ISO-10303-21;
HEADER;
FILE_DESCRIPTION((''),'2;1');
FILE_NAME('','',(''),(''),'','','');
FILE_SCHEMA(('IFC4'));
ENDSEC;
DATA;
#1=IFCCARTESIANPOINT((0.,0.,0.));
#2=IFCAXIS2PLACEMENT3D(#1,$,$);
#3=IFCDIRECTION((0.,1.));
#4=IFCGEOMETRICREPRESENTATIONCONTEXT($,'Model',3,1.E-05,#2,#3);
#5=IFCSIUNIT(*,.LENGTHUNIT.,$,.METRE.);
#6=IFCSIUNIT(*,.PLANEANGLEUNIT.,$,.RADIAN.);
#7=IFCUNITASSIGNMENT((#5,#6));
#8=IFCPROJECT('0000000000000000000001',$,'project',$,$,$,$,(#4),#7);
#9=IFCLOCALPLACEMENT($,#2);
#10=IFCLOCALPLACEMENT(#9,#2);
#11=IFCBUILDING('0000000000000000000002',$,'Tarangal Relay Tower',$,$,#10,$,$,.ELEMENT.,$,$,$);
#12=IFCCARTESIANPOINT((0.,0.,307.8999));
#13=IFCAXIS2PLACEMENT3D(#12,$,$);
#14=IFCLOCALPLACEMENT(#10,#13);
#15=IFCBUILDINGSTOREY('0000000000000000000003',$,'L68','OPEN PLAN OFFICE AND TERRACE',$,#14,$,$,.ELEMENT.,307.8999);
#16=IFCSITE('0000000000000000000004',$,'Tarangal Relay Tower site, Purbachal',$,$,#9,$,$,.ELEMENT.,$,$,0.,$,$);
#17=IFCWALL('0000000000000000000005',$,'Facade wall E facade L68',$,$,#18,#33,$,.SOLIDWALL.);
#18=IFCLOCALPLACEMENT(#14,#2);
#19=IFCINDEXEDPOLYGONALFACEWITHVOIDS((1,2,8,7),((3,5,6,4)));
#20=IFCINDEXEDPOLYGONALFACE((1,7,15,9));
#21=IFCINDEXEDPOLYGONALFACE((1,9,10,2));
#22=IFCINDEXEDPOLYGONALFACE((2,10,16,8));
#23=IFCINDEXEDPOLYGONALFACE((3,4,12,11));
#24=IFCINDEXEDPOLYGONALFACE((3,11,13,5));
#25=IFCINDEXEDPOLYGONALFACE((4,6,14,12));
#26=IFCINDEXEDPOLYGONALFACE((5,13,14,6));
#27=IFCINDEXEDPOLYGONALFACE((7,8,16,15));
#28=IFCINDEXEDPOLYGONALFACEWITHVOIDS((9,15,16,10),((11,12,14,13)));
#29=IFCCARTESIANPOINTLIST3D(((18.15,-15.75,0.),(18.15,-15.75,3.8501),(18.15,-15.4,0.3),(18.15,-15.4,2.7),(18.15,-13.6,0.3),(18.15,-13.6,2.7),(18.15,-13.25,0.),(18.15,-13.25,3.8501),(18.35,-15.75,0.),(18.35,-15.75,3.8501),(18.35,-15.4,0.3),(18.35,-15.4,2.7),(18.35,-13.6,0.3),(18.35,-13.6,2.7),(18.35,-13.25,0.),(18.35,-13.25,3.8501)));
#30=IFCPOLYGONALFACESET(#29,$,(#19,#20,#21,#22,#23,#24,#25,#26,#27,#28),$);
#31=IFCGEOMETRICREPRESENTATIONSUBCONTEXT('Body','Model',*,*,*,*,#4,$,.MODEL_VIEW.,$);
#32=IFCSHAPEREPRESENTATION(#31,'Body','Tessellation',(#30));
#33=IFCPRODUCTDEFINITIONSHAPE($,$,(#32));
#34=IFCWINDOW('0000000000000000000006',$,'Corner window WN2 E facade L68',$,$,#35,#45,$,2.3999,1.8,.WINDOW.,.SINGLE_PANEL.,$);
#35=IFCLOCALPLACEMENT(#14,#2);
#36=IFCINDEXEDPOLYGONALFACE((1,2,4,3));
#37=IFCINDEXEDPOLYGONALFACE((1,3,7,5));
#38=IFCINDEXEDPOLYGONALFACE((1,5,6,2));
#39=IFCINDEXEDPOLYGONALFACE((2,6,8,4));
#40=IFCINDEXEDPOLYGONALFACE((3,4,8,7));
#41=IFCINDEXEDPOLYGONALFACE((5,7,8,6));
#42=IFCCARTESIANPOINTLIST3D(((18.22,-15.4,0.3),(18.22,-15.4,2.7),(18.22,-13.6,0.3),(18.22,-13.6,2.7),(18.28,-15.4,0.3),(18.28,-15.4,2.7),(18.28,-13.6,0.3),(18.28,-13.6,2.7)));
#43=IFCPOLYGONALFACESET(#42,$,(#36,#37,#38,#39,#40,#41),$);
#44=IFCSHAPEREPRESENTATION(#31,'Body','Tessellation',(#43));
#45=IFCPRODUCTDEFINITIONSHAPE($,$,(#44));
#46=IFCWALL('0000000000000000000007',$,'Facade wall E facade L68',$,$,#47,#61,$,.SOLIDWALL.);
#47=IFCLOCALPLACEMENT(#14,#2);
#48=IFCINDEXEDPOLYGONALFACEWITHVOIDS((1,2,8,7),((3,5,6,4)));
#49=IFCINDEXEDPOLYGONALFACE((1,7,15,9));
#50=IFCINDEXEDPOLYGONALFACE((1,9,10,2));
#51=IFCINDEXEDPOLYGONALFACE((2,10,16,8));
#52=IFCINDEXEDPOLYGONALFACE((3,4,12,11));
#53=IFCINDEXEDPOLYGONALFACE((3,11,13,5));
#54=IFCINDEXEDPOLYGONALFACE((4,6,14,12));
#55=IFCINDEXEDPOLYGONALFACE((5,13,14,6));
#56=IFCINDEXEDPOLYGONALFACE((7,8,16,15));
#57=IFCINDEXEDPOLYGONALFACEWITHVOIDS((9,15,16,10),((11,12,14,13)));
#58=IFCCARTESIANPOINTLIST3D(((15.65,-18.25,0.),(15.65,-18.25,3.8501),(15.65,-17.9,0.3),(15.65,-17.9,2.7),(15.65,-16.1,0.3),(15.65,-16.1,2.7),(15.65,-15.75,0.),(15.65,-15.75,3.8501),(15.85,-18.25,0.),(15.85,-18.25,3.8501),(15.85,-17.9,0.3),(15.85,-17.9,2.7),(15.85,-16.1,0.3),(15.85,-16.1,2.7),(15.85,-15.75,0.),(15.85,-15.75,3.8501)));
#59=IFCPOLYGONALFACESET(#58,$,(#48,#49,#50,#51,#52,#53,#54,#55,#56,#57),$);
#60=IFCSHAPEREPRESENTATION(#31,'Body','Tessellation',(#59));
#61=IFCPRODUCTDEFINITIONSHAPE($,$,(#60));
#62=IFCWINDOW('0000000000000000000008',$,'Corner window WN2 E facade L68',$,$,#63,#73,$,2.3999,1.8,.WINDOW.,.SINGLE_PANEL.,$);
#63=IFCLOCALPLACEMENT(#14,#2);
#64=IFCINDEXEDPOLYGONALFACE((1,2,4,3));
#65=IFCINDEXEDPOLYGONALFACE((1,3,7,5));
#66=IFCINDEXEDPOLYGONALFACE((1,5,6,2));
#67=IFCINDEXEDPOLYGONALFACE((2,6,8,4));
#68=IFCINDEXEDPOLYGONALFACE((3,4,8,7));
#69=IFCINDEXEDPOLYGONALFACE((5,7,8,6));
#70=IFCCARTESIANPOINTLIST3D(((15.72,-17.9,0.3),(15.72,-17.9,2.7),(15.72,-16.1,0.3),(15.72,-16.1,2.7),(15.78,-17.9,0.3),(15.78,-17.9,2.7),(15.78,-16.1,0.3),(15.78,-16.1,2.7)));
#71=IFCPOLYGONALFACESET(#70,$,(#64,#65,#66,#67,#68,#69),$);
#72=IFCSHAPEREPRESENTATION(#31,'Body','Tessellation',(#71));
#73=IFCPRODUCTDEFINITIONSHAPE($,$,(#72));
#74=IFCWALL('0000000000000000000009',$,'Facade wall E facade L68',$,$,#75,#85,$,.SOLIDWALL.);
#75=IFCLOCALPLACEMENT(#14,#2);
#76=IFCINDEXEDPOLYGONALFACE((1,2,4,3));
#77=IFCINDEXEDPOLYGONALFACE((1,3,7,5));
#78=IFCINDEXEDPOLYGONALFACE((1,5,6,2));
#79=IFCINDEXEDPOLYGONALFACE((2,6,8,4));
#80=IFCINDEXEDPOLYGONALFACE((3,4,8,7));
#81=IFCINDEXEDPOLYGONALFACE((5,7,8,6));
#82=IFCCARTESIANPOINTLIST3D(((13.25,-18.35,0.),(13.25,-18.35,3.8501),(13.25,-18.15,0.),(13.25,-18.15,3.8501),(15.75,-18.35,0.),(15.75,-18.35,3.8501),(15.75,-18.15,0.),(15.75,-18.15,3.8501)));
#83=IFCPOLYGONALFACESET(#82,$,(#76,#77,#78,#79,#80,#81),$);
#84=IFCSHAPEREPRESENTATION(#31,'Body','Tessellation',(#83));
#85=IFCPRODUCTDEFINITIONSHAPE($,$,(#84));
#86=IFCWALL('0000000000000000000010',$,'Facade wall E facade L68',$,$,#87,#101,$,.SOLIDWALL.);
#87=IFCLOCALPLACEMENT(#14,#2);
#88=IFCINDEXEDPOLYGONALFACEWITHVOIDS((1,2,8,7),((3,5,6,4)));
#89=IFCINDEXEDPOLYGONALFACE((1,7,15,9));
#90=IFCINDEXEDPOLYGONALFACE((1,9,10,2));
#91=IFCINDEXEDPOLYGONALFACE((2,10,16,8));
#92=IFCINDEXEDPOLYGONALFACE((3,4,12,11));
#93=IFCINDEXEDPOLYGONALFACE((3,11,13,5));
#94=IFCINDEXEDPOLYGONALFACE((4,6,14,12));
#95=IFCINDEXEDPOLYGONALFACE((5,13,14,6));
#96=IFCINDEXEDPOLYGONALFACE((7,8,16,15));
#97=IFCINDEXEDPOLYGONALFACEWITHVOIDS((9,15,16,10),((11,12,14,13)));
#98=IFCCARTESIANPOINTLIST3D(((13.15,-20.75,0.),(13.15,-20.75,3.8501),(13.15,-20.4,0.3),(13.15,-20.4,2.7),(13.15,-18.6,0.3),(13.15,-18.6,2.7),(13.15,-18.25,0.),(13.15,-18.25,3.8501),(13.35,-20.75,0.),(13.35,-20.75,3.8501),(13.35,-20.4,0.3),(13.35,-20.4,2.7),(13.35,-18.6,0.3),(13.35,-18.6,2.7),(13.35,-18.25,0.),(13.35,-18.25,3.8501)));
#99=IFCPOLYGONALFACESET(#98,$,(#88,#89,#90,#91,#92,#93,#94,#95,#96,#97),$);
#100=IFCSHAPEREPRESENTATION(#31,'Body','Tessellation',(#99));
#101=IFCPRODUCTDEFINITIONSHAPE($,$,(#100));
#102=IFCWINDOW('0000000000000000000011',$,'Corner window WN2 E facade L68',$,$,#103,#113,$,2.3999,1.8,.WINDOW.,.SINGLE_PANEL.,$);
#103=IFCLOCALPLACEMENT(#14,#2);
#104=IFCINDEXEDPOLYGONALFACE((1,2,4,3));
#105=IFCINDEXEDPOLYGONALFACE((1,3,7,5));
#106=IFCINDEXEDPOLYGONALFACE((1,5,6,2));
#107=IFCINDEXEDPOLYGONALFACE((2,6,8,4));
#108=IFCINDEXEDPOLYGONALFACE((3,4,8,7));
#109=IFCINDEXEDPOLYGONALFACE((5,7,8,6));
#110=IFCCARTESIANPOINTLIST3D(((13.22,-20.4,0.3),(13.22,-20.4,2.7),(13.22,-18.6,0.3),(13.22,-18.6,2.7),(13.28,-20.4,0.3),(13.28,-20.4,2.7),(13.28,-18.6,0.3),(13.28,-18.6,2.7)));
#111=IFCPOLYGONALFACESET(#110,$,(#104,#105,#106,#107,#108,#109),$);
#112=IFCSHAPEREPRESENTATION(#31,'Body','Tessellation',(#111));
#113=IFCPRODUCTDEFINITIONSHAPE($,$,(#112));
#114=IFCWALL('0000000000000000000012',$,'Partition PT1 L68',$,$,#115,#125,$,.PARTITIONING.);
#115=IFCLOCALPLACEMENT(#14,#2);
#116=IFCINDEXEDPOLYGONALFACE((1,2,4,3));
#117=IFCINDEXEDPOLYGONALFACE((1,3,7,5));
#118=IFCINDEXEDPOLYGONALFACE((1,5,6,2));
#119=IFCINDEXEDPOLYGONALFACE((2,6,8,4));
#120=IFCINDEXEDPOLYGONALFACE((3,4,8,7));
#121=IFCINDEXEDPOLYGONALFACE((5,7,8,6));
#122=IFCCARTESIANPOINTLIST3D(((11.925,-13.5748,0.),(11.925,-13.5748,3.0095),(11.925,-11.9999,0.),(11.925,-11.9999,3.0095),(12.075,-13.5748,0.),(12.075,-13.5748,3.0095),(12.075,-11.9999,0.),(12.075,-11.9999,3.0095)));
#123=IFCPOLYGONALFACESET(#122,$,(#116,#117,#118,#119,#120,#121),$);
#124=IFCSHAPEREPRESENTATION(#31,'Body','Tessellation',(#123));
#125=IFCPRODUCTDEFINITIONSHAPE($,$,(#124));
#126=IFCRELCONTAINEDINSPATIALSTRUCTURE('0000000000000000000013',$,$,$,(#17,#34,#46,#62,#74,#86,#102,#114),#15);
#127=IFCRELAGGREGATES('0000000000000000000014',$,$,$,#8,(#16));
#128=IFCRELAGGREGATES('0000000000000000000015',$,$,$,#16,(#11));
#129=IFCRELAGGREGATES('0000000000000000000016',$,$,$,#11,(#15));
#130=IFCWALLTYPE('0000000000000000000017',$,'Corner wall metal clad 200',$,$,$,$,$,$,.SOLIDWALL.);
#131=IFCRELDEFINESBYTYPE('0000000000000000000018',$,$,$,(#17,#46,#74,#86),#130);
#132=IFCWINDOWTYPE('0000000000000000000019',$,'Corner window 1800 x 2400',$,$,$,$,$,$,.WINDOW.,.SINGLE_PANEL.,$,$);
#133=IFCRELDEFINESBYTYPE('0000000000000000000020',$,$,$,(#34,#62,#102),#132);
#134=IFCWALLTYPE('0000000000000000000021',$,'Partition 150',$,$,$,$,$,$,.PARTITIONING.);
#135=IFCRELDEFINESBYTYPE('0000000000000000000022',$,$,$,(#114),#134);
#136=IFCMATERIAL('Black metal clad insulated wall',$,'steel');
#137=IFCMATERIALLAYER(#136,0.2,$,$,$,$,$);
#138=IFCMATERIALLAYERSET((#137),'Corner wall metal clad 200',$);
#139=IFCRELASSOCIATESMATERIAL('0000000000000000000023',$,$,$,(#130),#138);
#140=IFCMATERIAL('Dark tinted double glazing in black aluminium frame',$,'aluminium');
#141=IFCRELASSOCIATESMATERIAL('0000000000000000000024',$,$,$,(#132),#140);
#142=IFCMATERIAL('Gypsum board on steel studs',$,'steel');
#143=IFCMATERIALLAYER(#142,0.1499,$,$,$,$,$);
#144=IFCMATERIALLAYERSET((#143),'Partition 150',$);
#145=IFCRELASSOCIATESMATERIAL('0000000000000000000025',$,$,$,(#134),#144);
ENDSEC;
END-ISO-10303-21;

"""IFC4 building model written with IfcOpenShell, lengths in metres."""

from ifc_helpers import new_model, si_unit, direction, frame, frame_2d, origin, place, context, subcontext, project, spatial, rectangle, extrude, material, layer, layer_set, type_object, element, fill, save


model = new_model("IFC4")

# Units and contexts
model_context = context("Model", 3, precision=1e-05, world=origin(), true_north=direction((0.0, 1.0)))
body_context = subcontext(model_context, "Body", "Model", "MODEL_VIEW")
ifc_project = project(units=[si_unit("LENGTHUNIT", "METRE"), si_unit("PLANEANGLEUNIT", "RADIAN")], contexts=[model_context])

# Site, building, storey
site_placement = place(None, origin())
site = spatial("IfcSite", under=ifc_project, at=site_placement, Name="Tarangal Relay Tower site, Purbachal", CompositionType="ELEMENT", RefElevation=0.0)
building_placement = place(site_placement, origin())
building = spatial("IfcBuilding", under=site, at=building_placement, Name="Tarangal Relay Tower", CompositionType="ELEMENT")
storey_placement = place(building_placement, frame((0.0, 0.0, 307.8999)))
storey = spatial("IfcBuildingStorey", under=building, at=storey_placement, Name="L68", Description="OPEN PLAN OFFICE AND TERRACE", CompositionType="ELEMENT", Elevation=307.8999)

# Shared definitions
ifc_material_1 = material(Name="Black metal clad insulated wall", Category="steel")
ifc_layer_1 = layer(ifc_material_1, 0.2)
ifc_layer_set_1 = layer_set([ifc_layer_1], Name="Corner wall metal clad 200")
wall_type_1 = type_object("IfcWallType", Name="Corner wall metal clad 200", PredefinedType="SOLIDWALL", material=ifc_layer_set_1)

# Wall, opening, window
wall_1_placement = place(storey_placement, frame((18.25, -13.25, 0.0), z_axis=(0.0, 0.0, 1.0), x_axis=(0.0, -1.0, 0.0)))
wall_1 = element("IfcWall", 1, at=wall_1_placement, inside=storey, type_object=wall_type_1, Name="Facade wall E facade L68", PredefinedType="SOLIDWALL", context=body_context, shape_type="SweptSolid", body=[
    extrude(rectangle(XDim=2.5, YDim=0.2, at=frame_2d((1.25, 0.0))), origin(), (0.0, 0.0, 1.0), 3.8501),
])
opening_1_placement = place(wall_1_placement, frame((0.3501, 0.0, 0.3)))
opening_1 = element("IfcOpeningElement", 2, at=opening_1_placement, cuts=wall_1, PredefinedType="OPENING", context=body_context, shape_type="SweptSolid", body=[
    extrude(rectangle(XDim=1.8, YDim=2.3999, at=frame_2d((0.8999, 1.2))), frame((0.0, 0.1099, 0.0), z_axis=(0.0, -1.0, 0.0), x_axis=(1.0, 0.0, 0.0)), (0.0, 0.0, 1.0), 0.22),
])
ifc_material_2 = material(Name="Dark tinted double glazing in black aluminium frame", Category="aluminium")
window_type = type_object("IfcWindowType", Name="Corner window 1800 x 2400", PartitioningType="SINGLE_PANEL", PredefinedType="WINDOW", material=ifc_material_2)
window_1_placement = place(opening_1_placement, origin())
window_1 = element("IfcWindow", 3, at=window_1_placement, inside=storey, type_object=window_type, Name="Corner window WN2 E facade L68", OverallHeight=2.3999, OverallWidth=1.8, PartitioningType="SINGLE_PANEL", PredefinedType="WINDOW", context=body_context, shape_type="SweptSolid", body=[
    extrude(rectangle(XDim=1.8, YDim=2.3999, at=frame_2d((0.8999, 1.2))), frame((0.0, 0.03, 0.0), z_axis=(0.0, -1.0, 0.0), x_axis=(1.0, 0.0, 0.0)), (0.0, 0.0, 1.0), 0.0601),
])
fill(opening_1, window_1)

# Wall, opening, window
wall_2_placement = place(storey_placement, frame((15.75, -15.75, 0.0), z_axis=(0.0, 0.0, 1.0), x_axis=(0.0, -1.0, 0.0)))
wall_2 = element("IfcWall", 4, at=wall_2_placement, inside=storey, type_object=wall_type_1, Name="Facade wall E facade L68", PredefinedType="SOLIDWALL", context=body_context, shape_type="SweptSolid", body=[
    extrude(rectangle(XDim=2.5, YDim=0.2, at=frame_2d((1.25, 0.0))), origin(), (0.0, 0.0, 1.0), 3.8501),
])
opening_2_placement = place(wall_2_placement, frame((0.3501, 0.0, 0.3)))
opening_2 = element("IfcOpeningElement", 5, at=opening_2_placement, cuts=wall_2, PredefinedType="OPENING", context=body_context, shape_type="SweptSolid", body=[
    extrude(rectangle(XDim=1.8, YDim=2.3999, at=frame_2d((0.8999, 1.2))), frame((0.0, 0.1099, 0.0), z_axis=(0.0, -1.0, 0.0), x_axis=(1.0, 0.0, 0.0)), (0.0, 0.0, 1.0), 0.22),
])
window_2_placement = place(opening_2_placement, origin())
window_2 = element("IfcWindow", 6, at=window_2_placement, inside=storey, type_object=window_type, Name="Corner window WN2 E facade L68", OverallHeight=2.3999, OverallWidth=1.8, PartitioningType="SINGLE_PANEL", PredefinedType="WINDOW", context=body_context, shape_type="SweptSolid", body=[
    extrude(rectangle(XDim=1.8, YDim=2.3999, at=frame_2d((0.8999, 1.2))), frame((0.0, 0.03, 0.0), z_axis=(0.0, -1.0, 0.0), x_axis=(1.0, 0.0, 0.0)), (0.0, 0.0, 1.0), 0.0601),
])
fill(opening_2, window_2)

# Wall
wall_3_placement = place(storey_placement, frame((15.75, -18.25, 0.0), z_axis=(0.0, 0.0, 1.0), x_axis=(-1.0, 0.0, 0.0)))
element("IfcWall", 7, at=wall_3_placement, inside=storey, type_object=wall_type_1, Name="Facade wall E facade L68", PredefinedType="SOLIDWALL", context=body_context, shape_type="SweptSolid", body=[
    extrude(rectangle(XDim=2.5, YDim=0.2, at=frame_2d((1.25, 0.0))), origin(), (0.0, 0.0, 1.0), 3.8501),
])

# Wall, opening, window
wall_4_placement = place(storey_placement, frame((13.25, -18.25, 0.0), z_axis=(0.0, 0.0, 1.0), x_axis=(0.0, -1.0, 0.0)))
wall_4 = element("IfcWall", 8, at=wall_4_placement, inside=storey, type_object=wall_type_1, Name="Facade wall E facade L68", PredefinedType="SOLIDWALL", context=body_context, shape_type="SweptSolid", body=[
    extrude(rectangle(XDim=2.5, YDim=0.2, at=frame_2d((1.25, 0.0))), origin(), (0.0, 0.0, 1.0), 3.8501),
])
opening_3_placement = place(wall_4_placement, frame((0.3501, 0.0, 0.3)))
opening_3 = element("IfcOpeningElement", 9, at=opening_3_placement, cuts=wall_4, PredefinedType="OPENING", context=body_context, shape_type="SweptSolid", body=[
    extrude(rectangle(XDim=1.8, YDim=2.3999, at=frame_2d((0.8999, 1.2))), frame((0.0, 0.1099, 0.0), z_axis=(0.0, -1.0, 0.0), x_axis=(1.0, 0.0, 0.0)), (0.0, 0.0, 1.0), 0.22),
])
window_3_placement = place(opening_3_placement, origin())
window_3 = element("IfcWindow", 10, at=window_3_placement, inside=storey, type_object=window_type, Name="Corner window WN2 E facade L68", OverallHeight=2.3999, OverallWidth=1.8, PartitioningType="SINGLE_PANEL", PredefinedType="WINDOW", context=body_context, shape_type="SweptSolid", body=[
    extrude(rectangle(XDim=1.8, YDim=2.3999, at=frame_2d((0.8999, 1.2))), frame((0.0, 0.03, 0.0), z_axis=(0.0, -1.0, 0.0), x_axis=(1.0, 0.0, 0.0)), (0.0, 0.0, 1.0), 0.0601),
])
fill(opening_3, window_3)

# Wall
ifc_material_3 = material(Name="Gypsum board on steel studs", Category="steel")
ifc_layer_2 = layer(ifc_material_3, 0.1499)
ifc_layer_set_2 = layer_set([ifc_layer_2], Name="Partition 150")
wall_type_2 = type_object("IfcWallType", Name="Partition 150", PredefinedType="PARTITIONING", material=ifc_layer_set_2)
wall_5_placement = place(storey_placement, frame((12.0, -13.575, 0.0), z_axis=(0.0, 0.0, 1.0), x_axis=(0.0, 1.0, 0.0)))
element("IfcWall", 11, at=wall_5_placement, inside=storey, type_object=wall_type_2, Name="Partition PT1 L68", PredefinedType="PARTITIONING", context=body_context, shape_type="SweptSolid", body=[
    extrude(rectangle(XDim=1.575, YDim=0.1499, at=frame_2d((0.7876, 0.0))), origin(), (0.0, 0.0, 1.0), 3.0095),
])

save(model, "model.ifc")
